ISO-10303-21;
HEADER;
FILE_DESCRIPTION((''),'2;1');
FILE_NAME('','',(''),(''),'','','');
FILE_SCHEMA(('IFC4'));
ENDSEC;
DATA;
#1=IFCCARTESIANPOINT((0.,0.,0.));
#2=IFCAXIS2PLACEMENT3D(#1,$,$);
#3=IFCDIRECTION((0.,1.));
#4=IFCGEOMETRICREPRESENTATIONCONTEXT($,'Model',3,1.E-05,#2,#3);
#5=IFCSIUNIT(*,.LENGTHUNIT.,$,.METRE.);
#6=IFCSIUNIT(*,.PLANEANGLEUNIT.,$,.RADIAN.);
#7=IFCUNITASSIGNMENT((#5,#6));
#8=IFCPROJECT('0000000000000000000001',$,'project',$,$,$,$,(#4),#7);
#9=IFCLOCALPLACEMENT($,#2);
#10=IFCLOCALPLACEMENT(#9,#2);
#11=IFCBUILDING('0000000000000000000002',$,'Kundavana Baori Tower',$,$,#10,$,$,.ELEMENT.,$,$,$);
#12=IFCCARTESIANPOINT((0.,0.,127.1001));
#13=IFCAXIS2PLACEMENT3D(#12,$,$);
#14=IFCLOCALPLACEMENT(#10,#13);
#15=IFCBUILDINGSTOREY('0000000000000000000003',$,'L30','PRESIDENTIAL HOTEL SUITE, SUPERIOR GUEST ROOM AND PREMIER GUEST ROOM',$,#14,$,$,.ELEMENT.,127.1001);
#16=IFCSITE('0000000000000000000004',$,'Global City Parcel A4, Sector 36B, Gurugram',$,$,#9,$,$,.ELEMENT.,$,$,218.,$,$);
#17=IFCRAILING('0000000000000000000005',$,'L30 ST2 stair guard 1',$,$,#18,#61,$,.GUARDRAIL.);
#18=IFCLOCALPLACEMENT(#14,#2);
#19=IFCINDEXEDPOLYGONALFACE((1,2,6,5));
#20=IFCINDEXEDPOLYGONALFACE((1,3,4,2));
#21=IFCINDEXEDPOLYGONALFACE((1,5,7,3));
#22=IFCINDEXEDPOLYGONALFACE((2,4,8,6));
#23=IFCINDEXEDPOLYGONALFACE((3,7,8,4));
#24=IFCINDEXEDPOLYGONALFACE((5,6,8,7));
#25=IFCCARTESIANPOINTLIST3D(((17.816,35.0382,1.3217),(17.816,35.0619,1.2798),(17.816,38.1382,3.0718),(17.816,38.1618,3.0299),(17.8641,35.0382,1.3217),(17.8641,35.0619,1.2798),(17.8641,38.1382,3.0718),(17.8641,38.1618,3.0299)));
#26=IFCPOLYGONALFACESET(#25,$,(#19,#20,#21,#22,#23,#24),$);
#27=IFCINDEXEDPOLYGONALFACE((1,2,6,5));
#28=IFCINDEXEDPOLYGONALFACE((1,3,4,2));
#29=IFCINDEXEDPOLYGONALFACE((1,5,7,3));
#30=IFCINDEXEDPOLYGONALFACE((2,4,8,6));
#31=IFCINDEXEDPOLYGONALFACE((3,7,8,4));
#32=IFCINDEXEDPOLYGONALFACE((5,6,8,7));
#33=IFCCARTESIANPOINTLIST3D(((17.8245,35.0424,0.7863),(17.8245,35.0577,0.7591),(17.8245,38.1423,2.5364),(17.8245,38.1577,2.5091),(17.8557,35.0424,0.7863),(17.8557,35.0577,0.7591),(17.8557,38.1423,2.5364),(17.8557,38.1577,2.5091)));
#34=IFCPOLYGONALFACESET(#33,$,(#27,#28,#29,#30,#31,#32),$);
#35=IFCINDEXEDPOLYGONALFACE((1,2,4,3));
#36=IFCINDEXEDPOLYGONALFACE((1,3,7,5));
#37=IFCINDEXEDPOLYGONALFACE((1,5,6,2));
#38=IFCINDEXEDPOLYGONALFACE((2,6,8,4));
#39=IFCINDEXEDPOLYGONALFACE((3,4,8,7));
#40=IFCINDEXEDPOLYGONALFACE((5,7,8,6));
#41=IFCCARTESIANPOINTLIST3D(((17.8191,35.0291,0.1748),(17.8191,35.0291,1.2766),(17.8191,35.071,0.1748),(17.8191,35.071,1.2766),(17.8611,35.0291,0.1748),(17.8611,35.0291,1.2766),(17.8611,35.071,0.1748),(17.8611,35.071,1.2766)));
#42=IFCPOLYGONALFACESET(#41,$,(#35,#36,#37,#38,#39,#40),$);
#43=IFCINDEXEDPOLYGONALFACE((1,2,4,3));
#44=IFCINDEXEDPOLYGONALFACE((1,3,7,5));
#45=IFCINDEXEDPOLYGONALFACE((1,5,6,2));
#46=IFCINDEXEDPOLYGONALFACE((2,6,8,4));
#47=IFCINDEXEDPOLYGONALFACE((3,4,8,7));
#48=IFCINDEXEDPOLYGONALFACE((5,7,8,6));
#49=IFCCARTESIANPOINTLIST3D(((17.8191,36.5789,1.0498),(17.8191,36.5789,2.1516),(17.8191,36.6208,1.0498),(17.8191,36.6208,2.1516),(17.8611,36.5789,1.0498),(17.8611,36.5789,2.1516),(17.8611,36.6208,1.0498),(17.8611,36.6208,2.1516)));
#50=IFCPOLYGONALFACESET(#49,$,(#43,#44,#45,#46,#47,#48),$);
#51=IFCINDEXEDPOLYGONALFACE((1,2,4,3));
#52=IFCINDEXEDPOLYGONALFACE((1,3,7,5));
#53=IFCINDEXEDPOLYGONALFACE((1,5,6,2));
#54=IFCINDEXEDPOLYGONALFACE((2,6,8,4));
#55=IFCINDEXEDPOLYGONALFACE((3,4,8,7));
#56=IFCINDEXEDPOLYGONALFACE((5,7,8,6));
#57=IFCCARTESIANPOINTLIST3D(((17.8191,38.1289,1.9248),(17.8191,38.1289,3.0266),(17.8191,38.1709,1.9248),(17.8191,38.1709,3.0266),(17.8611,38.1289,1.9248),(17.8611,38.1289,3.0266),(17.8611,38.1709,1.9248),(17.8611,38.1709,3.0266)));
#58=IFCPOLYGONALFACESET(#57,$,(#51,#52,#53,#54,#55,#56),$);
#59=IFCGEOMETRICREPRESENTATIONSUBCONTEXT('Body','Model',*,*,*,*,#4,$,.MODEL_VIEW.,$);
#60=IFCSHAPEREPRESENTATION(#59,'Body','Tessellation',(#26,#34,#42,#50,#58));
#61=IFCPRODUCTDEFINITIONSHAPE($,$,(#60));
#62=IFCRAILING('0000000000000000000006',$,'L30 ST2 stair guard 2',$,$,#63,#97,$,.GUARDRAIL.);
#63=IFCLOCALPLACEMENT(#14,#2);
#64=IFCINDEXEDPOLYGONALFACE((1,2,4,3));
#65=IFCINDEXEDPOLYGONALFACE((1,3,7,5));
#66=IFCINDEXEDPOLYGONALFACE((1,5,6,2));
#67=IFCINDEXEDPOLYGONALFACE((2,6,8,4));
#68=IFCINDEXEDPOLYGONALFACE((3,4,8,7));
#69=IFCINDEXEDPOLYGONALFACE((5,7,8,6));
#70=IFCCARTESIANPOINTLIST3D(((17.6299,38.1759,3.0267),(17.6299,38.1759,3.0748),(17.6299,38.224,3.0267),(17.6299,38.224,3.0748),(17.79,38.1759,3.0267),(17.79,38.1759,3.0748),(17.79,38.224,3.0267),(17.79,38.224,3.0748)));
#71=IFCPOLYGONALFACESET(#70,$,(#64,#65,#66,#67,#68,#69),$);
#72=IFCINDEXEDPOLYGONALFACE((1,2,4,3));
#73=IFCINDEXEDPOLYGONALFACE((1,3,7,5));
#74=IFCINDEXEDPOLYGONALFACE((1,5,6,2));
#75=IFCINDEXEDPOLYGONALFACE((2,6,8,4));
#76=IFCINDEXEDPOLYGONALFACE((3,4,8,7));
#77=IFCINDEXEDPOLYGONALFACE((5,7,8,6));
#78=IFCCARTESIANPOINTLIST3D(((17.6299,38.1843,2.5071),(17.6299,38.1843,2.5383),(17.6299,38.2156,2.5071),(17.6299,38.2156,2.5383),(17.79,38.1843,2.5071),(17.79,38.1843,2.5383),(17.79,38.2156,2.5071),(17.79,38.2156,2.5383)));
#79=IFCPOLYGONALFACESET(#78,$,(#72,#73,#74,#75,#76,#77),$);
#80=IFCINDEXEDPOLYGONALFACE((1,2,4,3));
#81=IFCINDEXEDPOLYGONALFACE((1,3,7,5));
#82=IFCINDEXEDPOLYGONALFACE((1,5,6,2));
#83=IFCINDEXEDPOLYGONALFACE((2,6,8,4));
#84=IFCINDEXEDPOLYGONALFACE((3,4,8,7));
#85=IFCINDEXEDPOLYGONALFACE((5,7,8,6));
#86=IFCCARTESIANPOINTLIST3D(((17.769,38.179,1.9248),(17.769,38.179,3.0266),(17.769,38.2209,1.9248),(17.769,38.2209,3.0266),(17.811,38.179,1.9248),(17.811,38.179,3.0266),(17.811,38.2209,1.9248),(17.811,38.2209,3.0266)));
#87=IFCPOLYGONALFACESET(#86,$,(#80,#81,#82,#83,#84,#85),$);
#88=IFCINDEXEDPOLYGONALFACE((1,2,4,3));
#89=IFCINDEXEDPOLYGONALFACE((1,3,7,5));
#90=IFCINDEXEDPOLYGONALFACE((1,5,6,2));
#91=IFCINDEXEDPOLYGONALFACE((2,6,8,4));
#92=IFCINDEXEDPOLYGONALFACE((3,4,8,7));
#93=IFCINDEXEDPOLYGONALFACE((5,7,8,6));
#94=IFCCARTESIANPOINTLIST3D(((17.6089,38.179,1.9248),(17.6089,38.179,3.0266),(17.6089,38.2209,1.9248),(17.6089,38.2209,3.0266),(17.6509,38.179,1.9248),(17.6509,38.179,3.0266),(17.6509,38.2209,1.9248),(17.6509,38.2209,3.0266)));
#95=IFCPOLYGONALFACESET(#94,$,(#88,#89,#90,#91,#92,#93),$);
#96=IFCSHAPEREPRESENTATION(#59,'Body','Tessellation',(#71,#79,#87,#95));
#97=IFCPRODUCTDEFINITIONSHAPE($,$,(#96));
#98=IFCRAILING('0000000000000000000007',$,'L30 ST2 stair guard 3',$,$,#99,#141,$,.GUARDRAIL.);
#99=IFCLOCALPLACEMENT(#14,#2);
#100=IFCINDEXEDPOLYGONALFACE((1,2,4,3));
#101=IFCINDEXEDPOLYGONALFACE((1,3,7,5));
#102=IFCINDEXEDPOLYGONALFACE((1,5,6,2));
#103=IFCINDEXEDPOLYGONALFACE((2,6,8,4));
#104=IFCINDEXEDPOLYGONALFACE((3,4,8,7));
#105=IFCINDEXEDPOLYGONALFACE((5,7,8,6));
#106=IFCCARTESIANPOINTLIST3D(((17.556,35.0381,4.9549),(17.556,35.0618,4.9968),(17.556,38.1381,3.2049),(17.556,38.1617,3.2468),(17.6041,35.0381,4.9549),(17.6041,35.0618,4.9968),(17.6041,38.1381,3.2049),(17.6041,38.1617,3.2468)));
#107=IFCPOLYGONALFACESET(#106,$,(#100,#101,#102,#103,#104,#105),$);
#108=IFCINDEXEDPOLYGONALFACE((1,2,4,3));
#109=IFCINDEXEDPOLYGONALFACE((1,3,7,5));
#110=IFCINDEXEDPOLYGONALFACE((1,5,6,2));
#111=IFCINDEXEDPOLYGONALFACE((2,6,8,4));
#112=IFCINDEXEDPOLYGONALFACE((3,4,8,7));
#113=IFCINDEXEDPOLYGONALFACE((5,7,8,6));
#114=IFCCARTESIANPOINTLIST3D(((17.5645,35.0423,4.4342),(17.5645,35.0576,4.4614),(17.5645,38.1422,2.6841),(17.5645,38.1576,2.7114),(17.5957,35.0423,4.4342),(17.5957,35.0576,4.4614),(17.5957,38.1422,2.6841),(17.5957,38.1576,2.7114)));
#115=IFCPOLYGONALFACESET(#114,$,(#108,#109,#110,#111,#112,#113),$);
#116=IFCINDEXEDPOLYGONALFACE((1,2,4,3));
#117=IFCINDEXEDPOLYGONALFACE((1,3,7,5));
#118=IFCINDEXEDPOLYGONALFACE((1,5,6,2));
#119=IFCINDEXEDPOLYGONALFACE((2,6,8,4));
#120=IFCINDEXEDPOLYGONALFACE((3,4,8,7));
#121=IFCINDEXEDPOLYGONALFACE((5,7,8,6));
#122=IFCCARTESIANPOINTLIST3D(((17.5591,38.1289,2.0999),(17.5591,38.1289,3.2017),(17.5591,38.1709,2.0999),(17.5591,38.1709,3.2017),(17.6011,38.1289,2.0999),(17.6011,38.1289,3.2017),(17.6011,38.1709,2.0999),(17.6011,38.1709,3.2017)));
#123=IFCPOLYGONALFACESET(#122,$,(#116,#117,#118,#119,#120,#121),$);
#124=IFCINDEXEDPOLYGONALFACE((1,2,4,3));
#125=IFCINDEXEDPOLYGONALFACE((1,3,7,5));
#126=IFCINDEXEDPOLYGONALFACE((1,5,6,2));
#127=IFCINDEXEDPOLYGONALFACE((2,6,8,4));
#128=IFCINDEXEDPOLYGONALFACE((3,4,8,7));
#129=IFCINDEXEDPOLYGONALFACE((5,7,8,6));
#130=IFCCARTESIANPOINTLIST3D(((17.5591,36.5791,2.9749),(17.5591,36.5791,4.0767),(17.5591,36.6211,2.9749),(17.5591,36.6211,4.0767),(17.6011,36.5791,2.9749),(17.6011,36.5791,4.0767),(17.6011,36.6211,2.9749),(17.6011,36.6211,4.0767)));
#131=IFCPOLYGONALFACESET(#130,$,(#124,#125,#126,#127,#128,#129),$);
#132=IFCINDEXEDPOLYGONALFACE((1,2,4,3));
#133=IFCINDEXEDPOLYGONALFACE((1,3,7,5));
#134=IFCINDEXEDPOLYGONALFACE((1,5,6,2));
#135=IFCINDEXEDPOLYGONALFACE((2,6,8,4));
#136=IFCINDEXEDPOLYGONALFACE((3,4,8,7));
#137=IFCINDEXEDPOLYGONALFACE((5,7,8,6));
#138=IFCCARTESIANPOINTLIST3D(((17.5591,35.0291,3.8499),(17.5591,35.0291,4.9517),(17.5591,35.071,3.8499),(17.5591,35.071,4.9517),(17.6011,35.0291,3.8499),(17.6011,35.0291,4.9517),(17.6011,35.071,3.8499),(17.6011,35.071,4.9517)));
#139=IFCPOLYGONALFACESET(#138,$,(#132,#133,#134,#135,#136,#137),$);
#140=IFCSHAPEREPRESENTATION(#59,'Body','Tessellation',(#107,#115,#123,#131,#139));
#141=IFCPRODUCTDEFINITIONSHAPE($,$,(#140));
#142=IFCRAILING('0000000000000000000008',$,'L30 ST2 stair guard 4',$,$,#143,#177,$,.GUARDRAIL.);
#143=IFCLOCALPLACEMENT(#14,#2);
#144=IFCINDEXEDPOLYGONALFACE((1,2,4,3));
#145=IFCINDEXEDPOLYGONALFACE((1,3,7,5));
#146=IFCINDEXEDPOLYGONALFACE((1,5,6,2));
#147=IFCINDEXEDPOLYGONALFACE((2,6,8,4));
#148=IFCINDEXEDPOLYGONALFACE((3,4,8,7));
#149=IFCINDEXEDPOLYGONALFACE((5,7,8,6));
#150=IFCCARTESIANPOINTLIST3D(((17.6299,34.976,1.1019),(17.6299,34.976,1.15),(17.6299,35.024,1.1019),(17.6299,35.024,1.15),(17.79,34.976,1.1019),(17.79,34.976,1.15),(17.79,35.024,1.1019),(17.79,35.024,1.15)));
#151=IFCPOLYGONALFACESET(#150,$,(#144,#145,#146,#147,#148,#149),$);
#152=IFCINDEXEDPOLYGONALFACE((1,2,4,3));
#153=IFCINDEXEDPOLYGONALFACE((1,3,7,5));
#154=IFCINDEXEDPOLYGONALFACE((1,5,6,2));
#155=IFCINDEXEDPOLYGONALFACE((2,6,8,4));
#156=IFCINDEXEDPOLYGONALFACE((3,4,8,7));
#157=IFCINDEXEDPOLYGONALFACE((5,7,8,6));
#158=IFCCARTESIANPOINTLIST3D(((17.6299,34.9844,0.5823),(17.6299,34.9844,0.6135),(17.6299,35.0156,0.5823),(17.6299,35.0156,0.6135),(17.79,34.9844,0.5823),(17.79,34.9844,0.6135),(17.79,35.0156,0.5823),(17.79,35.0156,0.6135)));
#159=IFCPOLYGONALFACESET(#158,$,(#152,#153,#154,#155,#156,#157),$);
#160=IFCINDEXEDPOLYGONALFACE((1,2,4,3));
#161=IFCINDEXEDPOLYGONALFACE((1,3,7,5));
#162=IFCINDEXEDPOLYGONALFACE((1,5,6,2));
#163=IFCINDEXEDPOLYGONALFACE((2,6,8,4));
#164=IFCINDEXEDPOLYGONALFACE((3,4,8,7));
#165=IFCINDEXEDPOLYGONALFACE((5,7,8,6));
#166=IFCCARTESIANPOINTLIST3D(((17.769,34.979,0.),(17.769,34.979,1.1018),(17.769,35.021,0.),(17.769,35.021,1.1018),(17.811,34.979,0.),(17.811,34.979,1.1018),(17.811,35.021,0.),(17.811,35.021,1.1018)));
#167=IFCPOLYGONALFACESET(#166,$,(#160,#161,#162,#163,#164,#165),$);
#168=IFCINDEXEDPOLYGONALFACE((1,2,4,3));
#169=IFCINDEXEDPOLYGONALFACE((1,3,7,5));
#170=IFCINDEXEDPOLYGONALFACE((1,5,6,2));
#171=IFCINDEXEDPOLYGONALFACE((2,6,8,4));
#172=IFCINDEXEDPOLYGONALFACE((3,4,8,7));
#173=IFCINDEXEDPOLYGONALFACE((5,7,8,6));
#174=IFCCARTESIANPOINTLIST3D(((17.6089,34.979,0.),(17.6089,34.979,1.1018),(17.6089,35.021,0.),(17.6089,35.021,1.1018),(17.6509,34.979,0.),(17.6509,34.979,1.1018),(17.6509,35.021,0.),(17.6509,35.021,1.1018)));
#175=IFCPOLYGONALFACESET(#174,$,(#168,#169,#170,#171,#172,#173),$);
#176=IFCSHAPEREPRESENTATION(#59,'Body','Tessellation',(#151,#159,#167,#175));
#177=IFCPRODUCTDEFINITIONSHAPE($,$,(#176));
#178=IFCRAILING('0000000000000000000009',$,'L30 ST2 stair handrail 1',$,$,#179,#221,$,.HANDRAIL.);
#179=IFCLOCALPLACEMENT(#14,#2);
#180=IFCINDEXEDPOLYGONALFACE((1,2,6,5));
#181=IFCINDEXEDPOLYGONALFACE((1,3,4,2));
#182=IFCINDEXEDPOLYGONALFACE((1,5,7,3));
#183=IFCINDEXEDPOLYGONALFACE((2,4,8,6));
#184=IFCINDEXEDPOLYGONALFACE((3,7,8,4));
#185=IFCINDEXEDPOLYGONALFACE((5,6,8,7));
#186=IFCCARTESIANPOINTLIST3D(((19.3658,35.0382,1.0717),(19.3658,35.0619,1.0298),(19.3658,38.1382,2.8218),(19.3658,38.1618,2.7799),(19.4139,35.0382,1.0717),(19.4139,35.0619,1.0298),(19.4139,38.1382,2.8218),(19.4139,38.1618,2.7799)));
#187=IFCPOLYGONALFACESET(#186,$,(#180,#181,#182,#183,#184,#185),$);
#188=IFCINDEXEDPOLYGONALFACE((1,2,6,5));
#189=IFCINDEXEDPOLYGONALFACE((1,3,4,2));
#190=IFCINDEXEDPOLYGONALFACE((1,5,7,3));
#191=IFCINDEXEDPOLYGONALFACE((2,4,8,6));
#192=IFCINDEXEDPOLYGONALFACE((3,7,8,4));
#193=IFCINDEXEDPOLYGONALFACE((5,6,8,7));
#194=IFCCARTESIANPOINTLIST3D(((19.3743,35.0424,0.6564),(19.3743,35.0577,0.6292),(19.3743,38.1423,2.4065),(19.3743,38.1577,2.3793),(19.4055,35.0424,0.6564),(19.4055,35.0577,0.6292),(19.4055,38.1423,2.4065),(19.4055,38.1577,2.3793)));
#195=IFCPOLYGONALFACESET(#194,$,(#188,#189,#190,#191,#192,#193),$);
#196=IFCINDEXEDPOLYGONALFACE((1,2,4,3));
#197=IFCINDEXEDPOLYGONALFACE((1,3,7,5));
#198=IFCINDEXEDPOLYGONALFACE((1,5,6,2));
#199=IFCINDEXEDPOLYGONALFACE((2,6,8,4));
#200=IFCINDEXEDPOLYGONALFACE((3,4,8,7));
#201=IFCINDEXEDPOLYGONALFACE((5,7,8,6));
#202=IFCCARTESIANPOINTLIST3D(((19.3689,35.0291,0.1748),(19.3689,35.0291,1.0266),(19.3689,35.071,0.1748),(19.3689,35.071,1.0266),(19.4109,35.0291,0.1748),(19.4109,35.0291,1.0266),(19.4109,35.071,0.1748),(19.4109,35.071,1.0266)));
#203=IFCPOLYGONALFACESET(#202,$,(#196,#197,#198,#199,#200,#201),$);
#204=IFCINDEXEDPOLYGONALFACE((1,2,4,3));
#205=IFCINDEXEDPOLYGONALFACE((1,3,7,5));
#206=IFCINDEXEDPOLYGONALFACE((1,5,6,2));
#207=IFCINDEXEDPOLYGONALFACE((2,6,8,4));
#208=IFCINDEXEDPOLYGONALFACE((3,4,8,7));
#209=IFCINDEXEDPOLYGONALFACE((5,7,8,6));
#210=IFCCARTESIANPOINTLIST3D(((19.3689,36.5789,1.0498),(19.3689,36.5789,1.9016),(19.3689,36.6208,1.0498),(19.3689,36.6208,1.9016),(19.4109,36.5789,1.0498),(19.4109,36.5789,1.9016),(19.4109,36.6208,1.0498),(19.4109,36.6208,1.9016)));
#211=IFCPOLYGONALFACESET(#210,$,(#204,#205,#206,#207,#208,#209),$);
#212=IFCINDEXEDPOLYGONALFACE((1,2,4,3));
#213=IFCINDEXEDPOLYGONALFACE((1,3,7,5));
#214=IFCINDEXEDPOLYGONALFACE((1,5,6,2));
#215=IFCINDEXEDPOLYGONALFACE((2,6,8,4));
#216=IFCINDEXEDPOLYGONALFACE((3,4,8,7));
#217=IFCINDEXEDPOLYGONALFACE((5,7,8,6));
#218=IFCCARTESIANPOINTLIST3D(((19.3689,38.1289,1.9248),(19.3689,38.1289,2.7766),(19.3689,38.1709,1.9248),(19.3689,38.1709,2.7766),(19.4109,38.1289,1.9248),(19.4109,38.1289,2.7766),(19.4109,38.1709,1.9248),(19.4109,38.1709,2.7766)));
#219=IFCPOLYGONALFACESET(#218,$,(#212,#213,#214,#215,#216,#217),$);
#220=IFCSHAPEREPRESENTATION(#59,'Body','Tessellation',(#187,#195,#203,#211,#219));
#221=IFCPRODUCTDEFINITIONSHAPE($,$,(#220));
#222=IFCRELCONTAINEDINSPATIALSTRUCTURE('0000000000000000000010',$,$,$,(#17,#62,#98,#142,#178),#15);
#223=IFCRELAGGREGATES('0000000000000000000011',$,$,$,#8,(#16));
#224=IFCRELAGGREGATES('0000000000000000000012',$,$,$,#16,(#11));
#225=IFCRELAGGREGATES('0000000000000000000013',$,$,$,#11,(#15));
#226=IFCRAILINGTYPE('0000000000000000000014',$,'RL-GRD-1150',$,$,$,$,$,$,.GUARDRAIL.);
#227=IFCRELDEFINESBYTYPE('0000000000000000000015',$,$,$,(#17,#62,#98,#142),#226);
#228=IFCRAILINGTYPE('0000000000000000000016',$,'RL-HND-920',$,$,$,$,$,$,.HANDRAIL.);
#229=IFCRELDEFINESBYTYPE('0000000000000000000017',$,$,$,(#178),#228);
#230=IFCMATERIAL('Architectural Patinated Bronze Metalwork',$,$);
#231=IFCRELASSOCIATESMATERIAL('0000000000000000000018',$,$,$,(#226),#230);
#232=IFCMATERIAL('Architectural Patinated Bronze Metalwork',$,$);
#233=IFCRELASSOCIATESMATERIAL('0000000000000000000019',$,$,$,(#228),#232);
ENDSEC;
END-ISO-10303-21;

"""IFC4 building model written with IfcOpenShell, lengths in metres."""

from ifc_helpers import new_model, si_unit, direction, frame, origin, origin_2d, place, context, subcontext, project, spatial, rectangle, extrude, material, type_object, element, save


model = new_model("IFC4")

# Units and contexts
model_context = context("Model", 3, precision=1e-05, world=origin(), true_north=direction((0.0, 1.0)))
body_context = subcontext(model_context, "Body", "Model", "MODEL_VIEW")
ifc_project = project(units=[si_unit("LENGTHUNIT", "METRE"), si_unit("PLANEANGLEUNIT", "RADIAN")], contexts=[model_context])

# Site, building, storey
site_placement = place(None, origin())
site = spatial("IfcSite", under=ifc_project, at=site_placement, Name="Global City Parcel A4, Sector 36B, Gurugram", CompositionType="ELEMENT", RefElevation=218.0)
building_placement = place(site_placement, origin())
building = spatial("IfcBuilding", under=site, at=building_placement, Name="Kundavana Baori Tower", CompositionType="ELEMENT")
storey_placement = place(building_placement, frame((0.0, 0.0, 127.1001)))
storey = spatial("IfcBuildingStorey", under=building, at=storey_placement, Name="L30", Description="PRESIDENTIAL HOTEL SUITE, SUPERIOR GUEST ROOM AND PREMIER GUEST ROOM", CompositionType="ELEMENT", Elevation=127.1001)

# Railings
ifc_material_1 = material(Name="Architectural Patinated Bronze Metalwork")
railing_type_1 = type_object("IfcRailingType", Name="RL-GRD-1150", PredefinedType="GUARDRAIL", material=ifc_material_1)
railing_1_placement = place(storey_placement, frame((17.8401, 35.05, 0.1748)))
element("IfcRailing", 1, at=railing_1_placement, inside=storey, type_object=railing_type_1, Name="L30 ST2 stair guard 1", PredefinedType="GUARDRAIL", context=body_context, shape_type="SweptSolid", body=[
    extrude(rectangle(XDim=0.0481, YDim=0.0481, at=origin_2d()), frame((0.0, 0.0, 1.126), z_axis=(0.0, 0.870814, 0.491612), x_axis=(-1.0, 0.0, 0.0)), (0.0, 0.0, 1.0), 3.5598),
    extrude(rectangle(XDim=0.0312, YDim=0.0312, at=origin_2d()), frame((0.0, 0.0, 0.5979), z_axis=(0.0, 0.870814, 0.491612), x_axis=(-1.0, 0.0, 0.0)), (0.0, 0.0, 1.0), 3.5598),
    extrude(rectangle(XDim=0.042, YDim=0.042, at=origin_2d()), origin(), (0.0, 0.0, 1.0), 1.1018),
    extrude(rectangle(XDim=0.042, YDim=0.042, at=origin_2d()), frame((0.0, 1.5498, 0.875)), (0.0, 0.0, 1.0), 1.1018),
    extrude(rectangle(XDim=0.042, YDim=0.042, at=origin_2d()), frame((0.0, 3.0999, 1.75)), (0.0, 0.0, 1.0), 1.1018),
])
railing_2_placement = place(storey_placement, frame((17.79, 38.2, 1.9248)))
element("IfcRailing", 2, at=railing_2_placement, inside=storey, type_object=railing_type_1, Name="L30 ST2 stair guard 2", PredefinedType="GUARDRAIL", context=body_context, shape_type="SweptSolid", body=[
    extrude(rectangle(XDim=0.0481, YDim=0.0481, at=origin_2d()), frame((0.0, 0.0, 1.126), z_axis=(-1.0, 0.0, 0.0), x_axis=(0.0, -1.0, 0.0)), (0.0, 0.0, 1.0), 0.1602),
    extrude(rectangle(XDim=0.0312, YDim=0.0312, at=origin_2d()), frame((0.0, 0.0, 0.5979), z_axis=(-1.0, 0.0, 0.0), x_axis=(0.0, -1.0, 0.0)), (0.0, 0.0, 1.0), 0.1602),
    extrude(rectangle(XDim=0.042, YDim=0.042, at=origin_2d()), origin(), (0.0, 0.0, 1.0), 1.1018),
    extrude(rectangle(XDim=0.042, YDim=0.042, at=origin_2d()), frame((-0.1602, 0.0, 0.0)), (0.0, 0.0, 1.0), 1.1018),
])
railing_3_placement = place(storey_placement, frame((17.5801, 38.1499, 2.0999)))
element("IfcRailing", 3, at=railing_3_placement, inside=storey, type_object=railing_type_1, Name="L30 ST2 stair guard 3", PredefinedType="GUARDRAIL", context=body_context, shape_type="SweptSolid", body=[
    extrude(rectangle(XDim=0.0481, YDim=0.0481, at=origin_2d()), frame((0.0, 0.0, 1.126), z_axis=(0.0, -0.870814, 0.491612), x_axis=(1.0, 0.0, 0.0)), (0.0, 0.0, 1.0), 3.5598),
    extrude(rectangle(XDim=0.0312, YDim=0.0312, at=origin_2d()), frame((0.0, 0.0, 0.5979), z_axis=(0.0, -0.870814, 0.491612), x_axis=(1.0, 0.0, 0.0)), (0.0, 0.0, 1.0), 3.5598),
    extrude(rectangle(XDim=0.042, YDim=0.042, at=origin_2d()), origin(), (0.0, 0.0, 1.0), 1.1018),
    extrude(rectangle(XDim=0.042, YDim=0.042, at=origin_2d()), frame((0.0, -1.5498, 0.875)), (0.0, 0.0, 1.0), 1.1018),
    extrude(rectangle(XDim=0.042, YDim=0.042, at=origin_2d()), frame((0.0, -3.0999, 1.75)), (0.0, 0.0, 1.0), 1.1018),
])
railing_4_placement = place(storey_placement, frame((17.79, 35.0, 0.0)))
element("IfcRailing", 4, at=railing_4_placement, inside=storey, type_object=railing_type_1, Name="L30 ST2 stair guard 4", PredefinedType="GUARDRAIL", context=body_context, shape_type="SweptSolid", body=[
    extrude(rectangle(XDim=0.0481, YDim=0.0481, at=origin_2d()), frame((0.0, 0.0, 1.126), z_axis=(-1.0, 0.0, 0.0), x_axis=(0.0, -1.0, 0.0)), (0.0, 0.0, 1.0), 0.1602),
    extrude(rectangle(XDim=0.0312, YDim=0.0312, at=origin_2d()), frame((0.0, 0.0, 0.5979), z_axis=(-1.0, 0.0, 0.0), x_axis=(0.0, -1.0, 0.0)), (0.0, 0.0, 1.0), 0.1602),
    extrude(rectangle(XDim=0.042, YDim=0.042, at=origin_2d()), origin(), (0.0, 0.0, 1.0), 1.1018),
    extrude(rectangle(XDim=0.042, YDim=0.042, at=origin_2d()), frame((-0.1602, 0.0, 0.0)), (0.0, 0.0, 1.0), 1.1018),
])
ifc_material_2 = material(Name="Architectural Patinated Bronze Metalwork")
railing_type_2 = type_object("IfcRailingType", Name="RL-HND-920", PredefinedType="HANDRAIL", material=ifc_material_2)
railing_5_placement = place(storey_placement, frame((19.3899, 35.05, 0.1748)))
element("IfcRailing", 5, at=railing_5_placement, inside=storey, type_object=railing_type_2, Name="L30 ST2 stair handrail 1", PredefinedType="HANDRAIL", context=body_context, shape_type="SweptSolid", body=[
    extrude(rectangle(XDim=0.0481, YDim=0.0481, at=origin_2d()), frame((0.0, 0.0, 0.876), z_axis=(0.0, 0.870814, 0.491612), x_axis=(-1.0, 0.0, 0.0)), (0.0, 0.0, 1.0), 3.5598),
    extrude(rectangle(XDim=0.0312, YDim=0.0312, at=origin_2d()), frame((0.0, 0.0, 0.468), z_axis=(0.0, 0.870814, 0.491612), x_axis=(-1.0, 0.0, 0.0)), (0.0, 0.0, 1.0), 3.5598),
    extrude(rectangle(XDim=0.042, YDim=0.042, at=origin_2d()), origin(), (0.0, 0.0, 1.0), 0.8518),
    extrude(rectangle(XDim=0.042, YDim=0.042, at=origin_2d()), frame((0.0, 1.5498, 0.875)), (0.0, 0.0, 1.0), 0.8518),
    extrude(rectangle(XDim=0.042, YDim=0.042, at=origin_2d()), frame((0.0, 3.0999, 1.75)), (0.0, 0.0, 1.0), 0.8518),
])

save(model, "model.ifc")
